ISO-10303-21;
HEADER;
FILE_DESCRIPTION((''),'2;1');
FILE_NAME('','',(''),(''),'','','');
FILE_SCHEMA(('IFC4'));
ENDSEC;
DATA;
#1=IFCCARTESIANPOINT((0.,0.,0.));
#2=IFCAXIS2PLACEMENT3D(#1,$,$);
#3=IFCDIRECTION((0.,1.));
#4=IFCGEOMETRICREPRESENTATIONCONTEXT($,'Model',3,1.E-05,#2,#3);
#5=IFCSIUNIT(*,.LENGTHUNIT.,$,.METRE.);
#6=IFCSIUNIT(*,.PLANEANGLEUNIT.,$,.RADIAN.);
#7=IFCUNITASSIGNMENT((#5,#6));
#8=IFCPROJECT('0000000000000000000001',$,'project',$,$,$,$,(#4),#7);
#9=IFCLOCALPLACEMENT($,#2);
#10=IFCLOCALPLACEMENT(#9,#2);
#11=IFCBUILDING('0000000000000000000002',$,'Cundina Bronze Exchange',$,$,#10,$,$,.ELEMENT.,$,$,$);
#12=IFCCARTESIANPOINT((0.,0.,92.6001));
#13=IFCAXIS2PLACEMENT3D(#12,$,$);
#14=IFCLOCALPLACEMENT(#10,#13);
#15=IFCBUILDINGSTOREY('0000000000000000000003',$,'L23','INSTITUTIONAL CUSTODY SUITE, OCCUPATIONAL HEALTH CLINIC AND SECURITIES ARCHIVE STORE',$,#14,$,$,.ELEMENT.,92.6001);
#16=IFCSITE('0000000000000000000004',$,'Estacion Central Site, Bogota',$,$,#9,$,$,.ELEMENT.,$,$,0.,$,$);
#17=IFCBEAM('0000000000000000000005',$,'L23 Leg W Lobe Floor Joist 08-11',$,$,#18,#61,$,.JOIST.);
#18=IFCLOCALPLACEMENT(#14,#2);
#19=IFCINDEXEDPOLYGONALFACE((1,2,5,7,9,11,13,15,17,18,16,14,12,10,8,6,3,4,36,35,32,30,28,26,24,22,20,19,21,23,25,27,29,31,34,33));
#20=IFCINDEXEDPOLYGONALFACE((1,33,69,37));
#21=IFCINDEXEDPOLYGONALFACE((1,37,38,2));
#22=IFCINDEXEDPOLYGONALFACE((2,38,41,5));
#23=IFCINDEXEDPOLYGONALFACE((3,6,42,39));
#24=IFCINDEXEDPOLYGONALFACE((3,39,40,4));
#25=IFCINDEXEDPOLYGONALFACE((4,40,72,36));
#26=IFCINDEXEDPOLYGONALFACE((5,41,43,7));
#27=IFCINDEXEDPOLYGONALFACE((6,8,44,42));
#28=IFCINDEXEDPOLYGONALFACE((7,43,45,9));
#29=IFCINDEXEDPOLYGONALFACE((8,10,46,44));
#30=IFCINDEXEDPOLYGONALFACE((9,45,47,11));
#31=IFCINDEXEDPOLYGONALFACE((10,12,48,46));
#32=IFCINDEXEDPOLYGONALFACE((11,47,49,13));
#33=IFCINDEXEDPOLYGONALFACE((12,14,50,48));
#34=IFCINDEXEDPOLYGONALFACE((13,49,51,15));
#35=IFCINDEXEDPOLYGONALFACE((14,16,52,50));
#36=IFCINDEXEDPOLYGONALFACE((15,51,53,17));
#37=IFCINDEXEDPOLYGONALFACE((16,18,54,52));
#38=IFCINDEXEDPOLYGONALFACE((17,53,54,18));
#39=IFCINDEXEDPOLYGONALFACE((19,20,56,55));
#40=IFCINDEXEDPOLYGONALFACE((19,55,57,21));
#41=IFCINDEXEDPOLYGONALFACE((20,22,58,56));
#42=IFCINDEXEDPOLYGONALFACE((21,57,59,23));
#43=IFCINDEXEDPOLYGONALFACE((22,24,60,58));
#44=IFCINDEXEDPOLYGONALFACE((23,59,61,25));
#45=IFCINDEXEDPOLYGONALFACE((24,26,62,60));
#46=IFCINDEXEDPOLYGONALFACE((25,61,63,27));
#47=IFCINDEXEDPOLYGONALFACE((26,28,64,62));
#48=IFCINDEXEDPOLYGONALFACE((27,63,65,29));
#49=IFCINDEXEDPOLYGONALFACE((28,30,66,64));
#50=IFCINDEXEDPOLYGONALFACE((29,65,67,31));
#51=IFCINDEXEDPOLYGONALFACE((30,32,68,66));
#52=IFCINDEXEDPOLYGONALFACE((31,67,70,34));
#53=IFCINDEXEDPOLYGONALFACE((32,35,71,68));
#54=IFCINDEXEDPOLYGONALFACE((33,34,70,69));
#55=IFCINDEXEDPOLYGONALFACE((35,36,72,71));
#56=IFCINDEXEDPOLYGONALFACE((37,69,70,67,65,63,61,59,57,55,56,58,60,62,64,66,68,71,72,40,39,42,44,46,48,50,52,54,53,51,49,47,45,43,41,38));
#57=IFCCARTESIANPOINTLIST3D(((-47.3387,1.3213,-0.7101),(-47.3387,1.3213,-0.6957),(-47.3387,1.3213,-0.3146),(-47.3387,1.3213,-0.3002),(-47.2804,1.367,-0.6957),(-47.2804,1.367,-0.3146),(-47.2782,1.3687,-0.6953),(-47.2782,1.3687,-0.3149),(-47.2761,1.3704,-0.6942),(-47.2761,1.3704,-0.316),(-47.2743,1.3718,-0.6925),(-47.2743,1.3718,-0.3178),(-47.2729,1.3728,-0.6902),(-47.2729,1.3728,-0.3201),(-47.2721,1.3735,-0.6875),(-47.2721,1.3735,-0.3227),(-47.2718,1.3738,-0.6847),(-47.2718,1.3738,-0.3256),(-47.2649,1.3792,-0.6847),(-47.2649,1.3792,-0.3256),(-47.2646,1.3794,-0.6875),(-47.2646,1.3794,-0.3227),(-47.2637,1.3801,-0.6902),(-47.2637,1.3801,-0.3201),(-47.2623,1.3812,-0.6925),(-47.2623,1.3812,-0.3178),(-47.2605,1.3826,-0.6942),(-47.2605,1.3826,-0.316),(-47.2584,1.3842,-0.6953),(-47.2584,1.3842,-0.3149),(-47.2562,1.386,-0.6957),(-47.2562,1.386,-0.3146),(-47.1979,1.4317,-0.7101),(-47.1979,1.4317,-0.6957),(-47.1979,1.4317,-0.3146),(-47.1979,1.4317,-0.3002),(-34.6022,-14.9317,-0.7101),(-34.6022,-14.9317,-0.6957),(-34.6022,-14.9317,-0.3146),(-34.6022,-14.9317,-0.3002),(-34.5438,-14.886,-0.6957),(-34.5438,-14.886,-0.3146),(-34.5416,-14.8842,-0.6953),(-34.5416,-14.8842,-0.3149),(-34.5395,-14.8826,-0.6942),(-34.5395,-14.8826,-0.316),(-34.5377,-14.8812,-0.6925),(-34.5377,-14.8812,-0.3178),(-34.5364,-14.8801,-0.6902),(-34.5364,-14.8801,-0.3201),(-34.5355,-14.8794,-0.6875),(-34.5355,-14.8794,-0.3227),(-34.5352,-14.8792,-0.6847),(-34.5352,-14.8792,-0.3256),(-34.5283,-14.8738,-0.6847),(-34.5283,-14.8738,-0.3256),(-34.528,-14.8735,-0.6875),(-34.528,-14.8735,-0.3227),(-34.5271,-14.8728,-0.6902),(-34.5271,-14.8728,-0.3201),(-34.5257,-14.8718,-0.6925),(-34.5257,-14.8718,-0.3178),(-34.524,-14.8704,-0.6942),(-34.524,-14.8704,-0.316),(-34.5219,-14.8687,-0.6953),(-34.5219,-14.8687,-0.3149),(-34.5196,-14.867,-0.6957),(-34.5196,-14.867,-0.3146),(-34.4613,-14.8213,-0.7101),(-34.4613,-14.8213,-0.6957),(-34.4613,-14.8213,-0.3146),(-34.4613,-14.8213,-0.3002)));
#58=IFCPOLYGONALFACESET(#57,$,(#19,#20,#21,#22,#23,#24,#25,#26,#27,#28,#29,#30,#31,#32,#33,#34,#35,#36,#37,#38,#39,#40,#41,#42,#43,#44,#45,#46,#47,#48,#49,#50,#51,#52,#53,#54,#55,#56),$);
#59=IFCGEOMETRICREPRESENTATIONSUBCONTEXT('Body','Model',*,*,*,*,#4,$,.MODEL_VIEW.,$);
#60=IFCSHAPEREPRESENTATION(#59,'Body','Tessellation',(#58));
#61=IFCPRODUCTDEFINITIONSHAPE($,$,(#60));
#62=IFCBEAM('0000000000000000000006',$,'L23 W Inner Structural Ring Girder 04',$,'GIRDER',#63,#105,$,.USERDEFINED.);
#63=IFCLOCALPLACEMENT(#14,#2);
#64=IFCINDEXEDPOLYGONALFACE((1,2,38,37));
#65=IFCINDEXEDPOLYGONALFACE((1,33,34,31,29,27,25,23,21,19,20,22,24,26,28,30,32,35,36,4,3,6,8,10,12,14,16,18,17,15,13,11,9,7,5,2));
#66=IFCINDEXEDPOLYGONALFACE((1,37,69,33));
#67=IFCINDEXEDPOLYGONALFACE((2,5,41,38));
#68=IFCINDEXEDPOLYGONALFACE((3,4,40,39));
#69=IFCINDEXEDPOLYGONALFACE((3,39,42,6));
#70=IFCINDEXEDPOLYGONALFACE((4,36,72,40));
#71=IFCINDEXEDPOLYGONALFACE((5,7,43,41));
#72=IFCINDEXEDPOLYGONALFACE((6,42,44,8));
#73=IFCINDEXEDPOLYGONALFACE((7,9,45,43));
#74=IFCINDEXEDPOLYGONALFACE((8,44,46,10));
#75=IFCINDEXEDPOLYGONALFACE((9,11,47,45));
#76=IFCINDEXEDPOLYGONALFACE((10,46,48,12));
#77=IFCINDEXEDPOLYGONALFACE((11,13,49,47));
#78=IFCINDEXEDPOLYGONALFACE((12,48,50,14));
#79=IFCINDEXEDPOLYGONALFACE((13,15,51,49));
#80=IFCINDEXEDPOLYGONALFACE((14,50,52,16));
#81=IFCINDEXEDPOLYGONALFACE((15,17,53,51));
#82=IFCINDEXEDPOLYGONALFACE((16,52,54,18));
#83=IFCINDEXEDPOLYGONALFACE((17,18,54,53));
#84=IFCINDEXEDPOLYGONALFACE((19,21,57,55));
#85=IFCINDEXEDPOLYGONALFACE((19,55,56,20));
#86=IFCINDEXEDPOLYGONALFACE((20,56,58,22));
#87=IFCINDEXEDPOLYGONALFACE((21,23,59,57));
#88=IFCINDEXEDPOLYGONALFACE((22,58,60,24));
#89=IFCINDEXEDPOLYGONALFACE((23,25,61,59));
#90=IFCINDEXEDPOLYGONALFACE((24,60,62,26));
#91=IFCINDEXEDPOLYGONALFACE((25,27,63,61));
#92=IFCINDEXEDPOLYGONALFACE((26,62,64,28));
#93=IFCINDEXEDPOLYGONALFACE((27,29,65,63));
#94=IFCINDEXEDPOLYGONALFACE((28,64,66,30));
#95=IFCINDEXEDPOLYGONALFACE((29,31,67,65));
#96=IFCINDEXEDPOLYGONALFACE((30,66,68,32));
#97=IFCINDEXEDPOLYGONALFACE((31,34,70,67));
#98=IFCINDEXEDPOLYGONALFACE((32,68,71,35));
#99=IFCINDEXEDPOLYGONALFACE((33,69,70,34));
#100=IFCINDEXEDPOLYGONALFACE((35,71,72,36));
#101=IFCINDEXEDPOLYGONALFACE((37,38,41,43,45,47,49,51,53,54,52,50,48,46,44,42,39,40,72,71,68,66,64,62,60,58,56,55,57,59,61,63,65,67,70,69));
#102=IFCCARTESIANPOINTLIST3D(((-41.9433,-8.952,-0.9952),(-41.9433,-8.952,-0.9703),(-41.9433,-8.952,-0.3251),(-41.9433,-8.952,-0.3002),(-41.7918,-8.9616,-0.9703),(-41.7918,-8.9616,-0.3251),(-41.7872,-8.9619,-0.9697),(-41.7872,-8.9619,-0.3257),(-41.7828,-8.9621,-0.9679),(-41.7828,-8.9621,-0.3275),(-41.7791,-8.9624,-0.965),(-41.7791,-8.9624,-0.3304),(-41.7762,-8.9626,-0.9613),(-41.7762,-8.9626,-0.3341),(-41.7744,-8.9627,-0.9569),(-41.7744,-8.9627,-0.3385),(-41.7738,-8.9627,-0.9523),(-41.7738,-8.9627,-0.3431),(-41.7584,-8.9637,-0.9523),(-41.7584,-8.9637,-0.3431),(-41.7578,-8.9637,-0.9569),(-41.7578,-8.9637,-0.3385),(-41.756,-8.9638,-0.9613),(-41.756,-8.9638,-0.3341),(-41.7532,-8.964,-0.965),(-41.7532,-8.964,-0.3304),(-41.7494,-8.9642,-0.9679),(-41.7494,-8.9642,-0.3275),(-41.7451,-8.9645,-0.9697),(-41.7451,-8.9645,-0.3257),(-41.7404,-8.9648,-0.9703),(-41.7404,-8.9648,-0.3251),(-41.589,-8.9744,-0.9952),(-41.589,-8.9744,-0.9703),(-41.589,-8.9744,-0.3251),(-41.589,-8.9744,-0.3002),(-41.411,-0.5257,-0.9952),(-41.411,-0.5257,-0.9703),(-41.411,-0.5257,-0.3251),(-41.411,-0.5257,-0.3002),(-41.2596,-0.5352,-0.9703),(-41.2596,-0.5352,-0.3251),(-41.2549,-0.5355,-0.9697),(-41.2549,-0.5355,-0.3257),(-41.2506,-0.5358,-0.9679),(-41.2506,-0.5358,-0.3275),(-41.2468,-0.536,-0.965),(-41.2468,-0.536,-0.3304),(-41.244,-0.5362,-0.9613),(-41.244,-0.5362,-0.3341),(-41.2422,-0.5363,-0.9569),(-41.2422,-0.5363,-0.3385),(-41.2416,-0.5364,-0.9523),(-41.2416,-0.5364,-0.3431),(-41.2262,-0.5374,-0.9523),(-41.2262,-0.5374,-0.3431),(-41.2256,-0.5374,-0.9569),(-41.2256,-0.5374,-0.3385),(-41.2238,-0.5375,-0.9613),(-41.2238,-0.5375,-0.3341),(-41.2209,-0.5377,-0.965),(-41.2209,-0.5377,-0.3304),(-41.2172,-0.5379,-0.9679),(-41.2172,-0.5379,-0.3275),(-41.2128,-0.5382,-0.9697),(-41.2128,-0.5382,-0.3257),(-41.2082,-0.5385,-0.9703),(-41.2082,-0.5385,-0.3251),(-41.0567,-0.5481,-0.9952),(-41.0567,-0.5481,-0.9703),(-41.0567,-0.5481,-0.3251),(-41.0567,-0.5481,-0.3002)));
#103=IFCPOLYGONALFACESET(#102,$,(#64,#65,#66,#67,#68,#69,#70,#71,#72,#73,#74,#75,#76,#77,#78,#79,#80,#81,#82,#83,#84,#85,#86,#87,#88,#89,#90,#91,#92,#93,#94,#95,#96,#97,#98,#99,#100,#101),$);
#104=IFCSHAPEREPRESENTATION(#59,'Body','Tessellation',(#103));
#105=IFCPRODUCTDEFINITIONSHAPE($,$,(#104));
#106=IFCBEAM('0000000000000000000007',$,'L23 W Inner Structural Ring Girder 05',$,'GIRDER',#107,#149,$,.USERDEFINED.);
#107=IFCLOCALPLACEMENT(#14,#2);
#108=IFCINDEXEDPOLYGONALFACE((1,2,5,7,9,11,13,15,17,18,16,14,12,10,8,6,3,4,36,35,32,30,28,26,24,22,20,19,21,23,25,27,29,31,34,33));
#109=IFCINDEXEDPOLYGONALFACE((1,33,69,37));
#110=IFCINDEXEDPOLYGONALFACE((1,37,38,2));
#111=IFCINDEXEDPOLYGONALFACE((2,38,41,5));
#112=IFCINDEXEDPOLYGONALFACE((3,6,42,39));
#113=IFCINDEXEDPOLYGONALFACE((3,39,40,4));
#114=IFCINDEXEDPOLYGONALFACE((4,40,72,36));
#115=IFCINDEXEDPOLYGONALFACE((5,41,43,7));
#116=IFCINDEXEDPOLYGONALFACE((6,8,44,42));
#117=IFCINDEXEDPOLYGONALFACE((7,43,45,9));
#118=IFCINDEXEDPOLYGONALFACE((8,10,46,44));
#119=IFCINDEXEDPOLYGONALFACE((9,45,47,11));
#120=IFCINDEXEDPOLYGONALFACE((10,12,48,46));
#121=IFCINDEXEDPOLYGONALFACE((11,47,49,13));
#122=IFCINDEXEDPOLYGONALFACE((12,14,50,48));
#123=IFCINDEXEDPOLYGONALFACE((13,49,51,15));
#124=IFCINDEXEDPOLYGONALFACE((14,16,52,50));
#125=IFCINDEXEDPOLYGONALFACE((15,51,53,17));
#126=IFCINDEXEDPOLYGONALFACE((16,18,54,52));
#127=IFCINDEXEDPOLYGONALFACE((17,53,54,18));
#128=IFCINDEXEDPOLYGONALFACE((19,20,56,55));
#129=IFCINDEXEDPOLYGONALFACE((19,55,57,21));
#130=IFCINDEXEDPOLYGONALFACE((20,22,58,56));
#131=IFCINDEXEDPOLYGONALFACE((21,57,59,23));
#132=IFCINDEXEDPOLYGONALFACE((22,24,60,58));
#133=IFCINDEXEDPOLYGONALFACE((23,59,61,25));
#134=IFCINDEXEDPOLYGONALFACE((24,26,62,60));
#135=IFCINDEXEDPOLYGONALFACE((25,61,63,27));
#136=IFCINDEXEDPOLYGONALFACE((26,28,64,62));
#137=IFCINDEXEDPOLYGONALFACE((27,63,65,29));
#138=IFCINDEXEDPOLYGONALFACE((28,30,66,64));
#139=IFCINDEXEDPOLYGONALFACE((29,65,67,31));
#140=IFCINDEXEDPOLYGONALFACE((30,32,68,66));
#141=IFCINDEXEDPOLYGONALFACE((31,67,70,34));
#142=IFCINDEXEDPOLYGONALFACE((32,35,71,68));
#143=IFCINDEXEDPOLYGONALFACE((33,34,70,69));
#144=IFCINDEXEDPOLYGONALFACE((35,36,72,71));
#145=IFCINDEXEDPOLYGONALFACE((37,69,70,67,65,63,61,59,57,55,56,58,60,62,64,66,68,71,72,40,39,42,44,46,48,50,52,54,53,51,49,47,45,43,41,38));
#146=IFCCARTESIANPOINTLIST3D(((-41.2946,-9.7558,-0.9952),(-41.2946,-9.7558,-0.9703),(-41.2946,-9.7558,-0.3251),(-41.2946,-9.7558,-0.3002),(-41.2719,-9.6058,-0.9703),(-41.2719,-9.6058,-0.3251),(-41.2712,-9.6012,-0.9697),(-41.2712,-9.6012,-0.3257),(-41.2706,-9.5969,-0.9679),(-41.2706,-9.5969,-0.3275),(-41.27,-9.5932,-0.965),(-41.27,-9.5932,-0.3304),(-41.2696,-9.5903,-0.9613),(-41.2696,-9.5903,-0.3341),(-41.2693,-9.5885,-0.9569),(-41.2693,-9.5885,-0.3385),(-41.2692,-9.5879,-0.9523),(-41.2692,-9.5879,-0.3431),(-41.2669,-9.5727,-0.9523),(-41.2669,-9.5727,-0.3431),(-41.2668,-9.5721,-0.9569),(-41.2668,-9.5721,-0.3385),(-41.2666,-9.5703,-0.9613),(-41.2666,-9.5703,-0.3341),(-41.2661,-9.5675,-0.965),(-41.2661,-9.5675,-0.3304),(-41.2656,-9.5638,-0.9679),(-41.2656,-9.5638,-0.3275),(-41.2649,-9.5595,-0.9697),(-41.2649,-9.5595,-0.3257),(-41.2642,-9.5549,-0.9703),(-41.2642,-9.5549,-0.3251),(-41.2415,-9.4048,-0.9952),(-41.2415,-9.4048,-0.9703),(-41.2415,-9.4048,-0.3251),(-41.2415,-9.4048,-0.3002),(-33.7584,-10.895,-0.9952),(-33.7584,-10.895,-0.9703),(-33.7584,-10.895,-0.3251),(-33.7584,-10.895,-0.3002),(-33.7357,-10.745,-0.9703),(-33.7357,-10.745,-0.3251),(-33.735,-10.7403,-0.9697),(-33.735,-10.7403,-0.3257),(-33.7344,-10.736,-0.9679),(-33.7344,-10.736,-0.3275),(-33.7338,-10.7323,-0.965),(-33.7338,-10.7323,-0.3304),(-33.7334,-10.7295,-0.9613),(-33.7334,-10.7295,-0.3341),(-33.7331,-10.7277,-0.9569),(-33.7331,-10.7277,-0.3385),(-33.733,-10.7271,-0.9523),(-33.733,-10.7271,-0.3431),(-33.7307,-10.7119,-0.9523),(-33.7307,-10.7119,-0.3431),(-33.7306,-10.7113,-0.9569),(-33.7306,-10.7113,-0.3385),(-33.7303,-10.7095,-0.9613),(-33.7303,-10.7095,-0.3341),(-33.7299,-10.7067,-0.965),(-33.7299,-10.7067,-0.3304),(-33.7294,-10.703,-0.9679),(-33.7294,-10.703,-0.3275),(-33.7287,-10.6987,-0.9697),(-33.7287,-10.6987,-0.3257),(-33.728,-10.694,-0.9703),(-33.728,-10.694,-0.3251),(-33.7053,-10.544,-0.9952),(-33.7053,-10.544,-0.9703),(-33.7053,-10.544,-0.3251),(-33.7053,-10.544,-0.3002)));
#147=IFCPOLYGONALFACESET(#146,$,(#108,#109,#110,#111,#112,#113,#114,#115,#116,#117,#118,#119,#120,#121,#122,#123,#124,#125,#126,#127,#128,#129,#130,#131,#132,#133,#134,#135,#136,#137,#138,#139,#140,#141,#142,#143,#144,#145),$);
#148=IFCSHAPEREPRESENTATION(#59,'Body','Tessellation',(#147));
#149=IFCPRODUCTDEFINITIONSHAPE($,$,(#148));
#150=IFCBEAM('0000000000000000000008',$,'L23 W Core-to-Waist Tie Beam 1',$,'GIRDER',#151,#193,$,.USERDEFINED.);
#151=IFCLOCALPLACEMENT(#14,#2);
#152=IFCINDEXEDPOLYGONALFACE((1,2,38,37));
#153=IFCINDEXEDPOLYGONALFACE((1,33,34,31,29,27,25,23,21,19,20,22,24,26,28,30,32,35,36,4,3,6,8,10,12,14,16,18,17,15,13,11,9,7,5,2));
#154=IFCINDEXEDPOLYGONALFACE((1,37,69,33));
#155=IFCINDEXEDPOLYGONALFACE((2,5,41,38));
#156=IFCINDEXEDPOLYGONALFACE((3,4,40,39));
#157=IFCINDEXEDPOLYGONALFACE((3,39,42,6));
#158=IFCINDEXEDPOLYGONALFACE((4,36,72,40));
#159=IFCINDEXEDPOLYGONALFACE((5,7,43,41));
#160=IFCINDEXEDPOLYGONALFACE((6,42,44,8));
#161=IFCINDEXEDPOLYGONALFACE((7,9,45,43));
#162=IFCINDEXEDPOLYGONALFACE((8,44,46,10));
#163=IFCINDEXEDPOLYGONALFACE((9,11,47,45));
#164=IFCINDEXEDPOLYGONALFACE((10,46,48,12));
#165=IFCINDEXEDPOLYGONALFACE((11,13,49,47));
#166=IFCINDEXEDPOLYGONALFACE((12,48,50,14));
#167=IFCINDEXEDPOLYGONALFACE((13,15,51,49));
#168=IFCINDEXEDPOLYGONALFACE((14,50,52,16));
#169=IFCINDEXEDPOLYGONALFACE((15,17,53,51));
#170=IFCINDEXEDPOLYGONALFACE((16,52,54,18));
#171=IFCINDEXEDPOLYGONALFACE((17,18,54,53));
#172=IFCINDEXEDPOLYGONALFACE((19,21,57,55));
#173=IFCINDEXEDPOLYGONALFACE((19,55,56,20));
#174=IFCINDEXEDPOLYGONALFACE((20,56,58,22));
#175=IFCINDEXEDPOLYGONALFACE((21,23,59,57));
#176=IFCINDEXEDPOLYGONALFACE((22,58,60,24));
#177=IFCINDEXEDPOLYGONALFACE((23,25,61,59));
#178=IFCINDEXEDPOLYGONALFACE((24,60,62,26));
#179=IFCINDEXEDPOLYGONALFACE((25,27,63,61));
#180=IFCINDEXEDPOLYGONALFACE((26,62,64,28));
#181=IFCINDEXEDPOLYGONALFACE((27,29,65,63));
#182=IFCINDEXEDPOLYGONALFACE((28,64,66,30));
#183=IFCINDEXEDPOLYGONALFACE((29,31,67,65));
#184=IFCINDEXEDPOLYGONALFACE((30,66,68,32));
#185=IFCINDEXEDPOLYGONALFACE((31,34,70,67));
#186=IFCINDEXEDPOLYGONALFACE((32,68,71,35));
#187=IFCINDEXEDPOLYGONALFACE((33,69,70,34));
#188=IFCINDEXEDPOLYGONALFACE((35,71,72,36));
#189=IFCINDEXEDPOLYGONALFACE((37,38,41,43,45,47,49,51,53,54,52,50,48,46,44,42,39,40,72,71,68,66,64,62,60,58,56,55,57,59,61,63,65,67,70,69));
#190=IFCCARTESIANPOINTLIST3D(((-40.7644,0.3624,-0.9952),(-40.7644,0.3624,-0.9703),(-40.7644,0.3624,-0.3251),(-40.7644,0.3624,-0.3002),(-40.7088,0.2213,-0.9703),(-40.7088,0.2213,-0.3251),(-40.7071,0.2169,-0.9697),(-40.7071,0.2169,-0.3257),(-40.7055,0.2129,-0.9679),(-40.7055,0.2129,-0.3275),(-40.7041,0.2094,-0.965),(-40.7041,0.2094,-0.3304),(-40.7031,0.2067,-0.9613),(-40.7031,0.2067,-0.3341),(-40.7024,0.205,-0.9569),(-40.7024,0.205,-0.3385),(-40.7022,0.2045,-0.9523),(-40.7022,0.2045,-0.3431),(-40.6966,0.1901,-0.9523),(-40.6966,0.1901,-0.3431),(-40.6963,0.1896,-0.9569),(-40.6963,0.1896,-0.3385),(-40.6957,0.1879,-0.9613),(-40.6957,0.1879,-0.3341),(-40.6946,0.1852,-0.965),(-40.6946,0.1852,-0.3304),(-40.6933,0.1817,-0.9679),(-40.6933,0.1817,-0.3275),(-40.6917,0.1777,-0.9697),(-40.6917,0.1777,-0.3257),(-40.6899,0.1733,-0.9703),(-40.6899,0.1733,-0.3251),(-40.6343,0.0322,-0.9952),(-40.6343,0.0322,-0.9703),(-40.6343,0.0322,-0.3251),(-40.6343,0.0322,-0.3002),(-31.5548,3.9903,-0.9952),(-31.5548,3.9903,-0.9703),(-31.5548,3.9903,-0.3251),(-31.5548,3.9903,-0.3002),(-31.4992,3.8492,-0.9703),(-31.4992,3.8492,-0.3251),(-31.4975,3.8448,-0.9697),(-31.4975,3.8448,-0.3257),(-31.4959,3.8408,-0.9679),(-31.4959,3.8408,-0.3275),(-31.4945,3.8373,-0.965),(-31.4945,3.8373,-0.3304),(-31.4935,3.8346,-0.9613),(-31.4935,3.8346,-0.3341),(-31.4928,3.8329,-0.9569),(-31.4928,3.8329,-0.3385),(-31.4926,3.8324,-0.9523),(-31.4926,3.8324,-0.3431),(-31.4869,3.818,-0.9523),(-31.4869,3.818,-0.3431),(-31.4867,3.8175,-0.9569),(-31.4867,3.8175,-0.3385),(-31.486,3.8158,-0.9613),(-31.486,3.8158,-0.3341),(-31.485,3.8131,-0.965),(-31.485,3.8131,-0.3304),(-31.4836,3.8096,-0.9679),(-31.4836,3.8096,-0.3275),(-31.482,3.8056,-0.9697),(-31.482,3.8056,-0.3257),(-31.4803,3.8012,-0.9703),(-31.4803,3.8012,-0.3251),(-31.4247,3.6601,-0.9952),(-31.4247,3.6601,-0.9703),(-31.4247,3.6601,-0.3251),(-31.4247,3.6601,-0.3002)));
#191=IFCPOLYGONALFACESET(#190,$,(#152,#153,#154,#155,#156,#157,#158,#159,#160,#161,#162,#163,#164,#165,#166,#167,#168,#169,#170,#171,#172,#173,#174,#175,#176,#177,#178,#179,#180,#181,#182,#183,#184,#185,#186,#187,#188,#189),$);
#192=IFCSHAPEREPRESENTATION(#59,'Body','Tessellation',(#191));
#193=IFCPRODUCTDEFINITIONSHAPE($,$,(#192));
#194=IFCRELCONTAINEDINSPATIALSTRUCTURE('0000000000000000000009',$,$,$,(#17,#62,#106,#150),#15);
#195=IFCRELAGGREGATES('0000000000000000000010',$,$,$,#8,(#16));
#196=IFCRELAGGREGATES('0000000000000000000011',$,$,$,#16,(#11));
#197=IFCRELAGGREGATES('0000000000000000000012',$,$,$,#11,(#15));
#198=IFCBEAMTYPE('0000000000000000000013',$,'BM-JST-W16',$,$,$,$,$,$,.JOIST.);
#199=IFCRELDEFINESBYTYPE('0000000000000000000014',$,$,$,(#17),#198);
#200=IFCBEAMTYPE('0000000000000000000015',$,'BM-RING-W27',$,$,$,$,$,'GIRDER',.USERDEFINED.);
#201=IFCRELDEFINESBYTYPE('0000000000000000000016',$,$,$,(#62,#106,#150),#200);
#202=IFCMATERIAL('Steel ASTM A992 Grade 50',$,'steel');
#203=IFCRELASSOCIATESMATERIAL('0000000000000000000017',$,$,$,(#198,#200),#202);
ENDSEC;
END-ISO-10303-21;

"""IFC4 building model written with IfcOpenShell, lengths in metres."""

from ifc_helpers import new_model, si_unit, direction, frame, origin, origin_2d, place, context, subcontext, project, spatial, i_section, extrude, material, material_profile, profile_set, type_object, element, save


model = new_model("IFC4")

# Units and contexts
model_context = context("Model", 3, precision=1e-05, world=origin(), true_north=direction((0.0, 1.0)))
body_context = subcontext(model_context, "Body", "Model", "MODEL_VIEW")
ifc_project = project(units=[si_unit("LENGTHUNIT", "METRE"), si_unit("PLANEANGLEUNIT", "RADIAN")], contexts=[model_context])

# Site, building, storey
site_placement = place(None, origin())
site = spatial("IfcSite", under=ifc_project, at=site_placement, Name="Estacion Central Site, Bogota", CompositionType="ELEMENT", RefElevation=0.0)
building_placement = place(site_placement, origin())
building = spatial("IfcBuilding", under=site, at=building_placement, Name="Cundina Bronze Exchange", CompositionType="ELEMENT")
storey_placement = place(building_placement, frame((0.0, 0.0, 92.6001)))
storey = spatial("IfcBuildingStorey", under=building, at=storey_placement, Name="L23", Description="INSTITUTIONAL CUSTODY SUITE, OCCUPATIONAL HEALTH CLINIC AND SECURITIES ARCHIVE STORE", CompositionType="ELEMENT", Elevation=92.6001)

# Shared definitions
ifc_material_1 = material(Name="Steel ASTM A992 Grade 50", Category="steel")

# Beams
ifc_material_profile_1 = material_profile(ifc_material_1, i_section(OverallWidth=0.179, OverallDepth=0.4099, WebThickness=0.0088, FlangeThickness=0.0144, FilletRadius=0.011, at=origin_2d()), Name="W16X45", Category="steel")
ifc_profile_set_1 = profile_set([ifc_material_profile_1], Name="Steel ASTM A992 Grade 50")
beam_type_1 = type_object("IfcBeamType", Name="BM-JST-W16", PredefinedType="JOIST", material=ifc_profile_set_1)
beam_1_placement = place(storey_placement, frame((-47.2683, 1.3765, -0.5051), z_axis=(0.616815, -0.787108, 0.0), x_axis=(0.787108, 0.616815, 0.0)))
element("IfcBeam", 1, at=beam_1_placement, inside=storey, type_object=beam_type_1, Name="L23 Leg W Lobe Floor Joist 08-11", PredefinedType="JOIST", context=body_context, shape_type="SweptSolid", body=[
    extrude(i_section(OverallWidth=0.179, OverallDepth=0.4099, WebThickness=0.0088, FlangeThickness=0.0144, FilletRadius=0.011, at=origin_2d()), origin(), (0.0, 0.0, 1.0), 20.6489),
])
ifc_material_profile_2 = material_profile(ifc_material_1, i_section(OverallWidth=0.355, OverallDepth=0.6951, WebThickness=0.0154, FlangeThickness=0.0249, FilletRadius=0.0181, at=origin_2d()), Name="W27X146", Category="steel")
ifc_profile_set_2 = profile_set([ifc_material_profile_2], Name="Steel ASTM A992 Grade 50")
beam_type_2 = type_object("IfcBeamType", Name="BM-RING-W27", ElementType="GIRDER", PredefinedType="USERDEFINED", material=ifc_profile_set_2)
beam_2_placement = place(storey_placement, frame((-41.2339, -0.5369, -0.6477), z_axis=(-0.063037, -0.998011, 0.0), x_axis=(0.998011, -0.063037, 0.0)))
element("IfcBeam", 2, at=beam_2_placement, inside=storey, type_object=beam_type_2, Name="L23 W Inner Structural Ring Girder 04", ObjectType="GIRDER", PredefinedType="USERDEFINED", context=body_context, shape_type="SweptSolid", body=[
    extrude(i_section(OverallWidth=0.355, OverallDepth=0.6951, WebThickness=0.0154, FlangeThickness=0.0249, FilletRadius=0.0181, at=origin_2d()), origin(), (0.0, 0.0, 1.0), 8.4431),
])
beam_3_placement = place(storey_placement, frame((-41.2681, -9.5803, -0.6477), z_axis=(0.988767, -0.149462, 0.0), x_axis=(0.149462, 0.988767, 0.0)))
element("IfcBeam", 3, at=beam_3_placement, inside=storey, type_object=beam_type_2, Name="L23 W Inner Structural Ring Girder 05", ObjectType="GIRDER", PredefinedType="USERDEFINED", context=body_context, shape_type="SweptSolid", body=[
    extrude(i_section(OverallWidth=0.355, OverallDepth=0.6951, WebThickness=0.0154, FlangeThickness=0.0249, FilletRadius=0.0181, at=origin_2d()), origin(), (0.0, 0.0, 1.0), 7.6218),
])
beam_4_placement = place(storey_placement, frame((-31.4897, 3.8252, -0.6477), z_axis=(-0.930413, -0.366512, 0.0), x_axis=(0.366512, -0.930413, 0.0)))
element("IfcBeam", 4, at=beam_4_placement, inside=storey, type_object=beam_type_2, Name="L23 W Core-to-Waist Tie Beam 1", ObjectType="GIRDER", PredefinedType="USERDEFINED", context=body_context, shape_type="SweptSolid", body=[
    extrude(i_section(OverallWidth=0.355, OverallDepth=0.6951, WebThickness=0.0154, FlangeThickness=0.0249, FilletRadius=0.0181, at=origin_2d()), origin(), (0.0, 0.0, 1.0), 9.8984),
])

save(model, "model.ifc")
